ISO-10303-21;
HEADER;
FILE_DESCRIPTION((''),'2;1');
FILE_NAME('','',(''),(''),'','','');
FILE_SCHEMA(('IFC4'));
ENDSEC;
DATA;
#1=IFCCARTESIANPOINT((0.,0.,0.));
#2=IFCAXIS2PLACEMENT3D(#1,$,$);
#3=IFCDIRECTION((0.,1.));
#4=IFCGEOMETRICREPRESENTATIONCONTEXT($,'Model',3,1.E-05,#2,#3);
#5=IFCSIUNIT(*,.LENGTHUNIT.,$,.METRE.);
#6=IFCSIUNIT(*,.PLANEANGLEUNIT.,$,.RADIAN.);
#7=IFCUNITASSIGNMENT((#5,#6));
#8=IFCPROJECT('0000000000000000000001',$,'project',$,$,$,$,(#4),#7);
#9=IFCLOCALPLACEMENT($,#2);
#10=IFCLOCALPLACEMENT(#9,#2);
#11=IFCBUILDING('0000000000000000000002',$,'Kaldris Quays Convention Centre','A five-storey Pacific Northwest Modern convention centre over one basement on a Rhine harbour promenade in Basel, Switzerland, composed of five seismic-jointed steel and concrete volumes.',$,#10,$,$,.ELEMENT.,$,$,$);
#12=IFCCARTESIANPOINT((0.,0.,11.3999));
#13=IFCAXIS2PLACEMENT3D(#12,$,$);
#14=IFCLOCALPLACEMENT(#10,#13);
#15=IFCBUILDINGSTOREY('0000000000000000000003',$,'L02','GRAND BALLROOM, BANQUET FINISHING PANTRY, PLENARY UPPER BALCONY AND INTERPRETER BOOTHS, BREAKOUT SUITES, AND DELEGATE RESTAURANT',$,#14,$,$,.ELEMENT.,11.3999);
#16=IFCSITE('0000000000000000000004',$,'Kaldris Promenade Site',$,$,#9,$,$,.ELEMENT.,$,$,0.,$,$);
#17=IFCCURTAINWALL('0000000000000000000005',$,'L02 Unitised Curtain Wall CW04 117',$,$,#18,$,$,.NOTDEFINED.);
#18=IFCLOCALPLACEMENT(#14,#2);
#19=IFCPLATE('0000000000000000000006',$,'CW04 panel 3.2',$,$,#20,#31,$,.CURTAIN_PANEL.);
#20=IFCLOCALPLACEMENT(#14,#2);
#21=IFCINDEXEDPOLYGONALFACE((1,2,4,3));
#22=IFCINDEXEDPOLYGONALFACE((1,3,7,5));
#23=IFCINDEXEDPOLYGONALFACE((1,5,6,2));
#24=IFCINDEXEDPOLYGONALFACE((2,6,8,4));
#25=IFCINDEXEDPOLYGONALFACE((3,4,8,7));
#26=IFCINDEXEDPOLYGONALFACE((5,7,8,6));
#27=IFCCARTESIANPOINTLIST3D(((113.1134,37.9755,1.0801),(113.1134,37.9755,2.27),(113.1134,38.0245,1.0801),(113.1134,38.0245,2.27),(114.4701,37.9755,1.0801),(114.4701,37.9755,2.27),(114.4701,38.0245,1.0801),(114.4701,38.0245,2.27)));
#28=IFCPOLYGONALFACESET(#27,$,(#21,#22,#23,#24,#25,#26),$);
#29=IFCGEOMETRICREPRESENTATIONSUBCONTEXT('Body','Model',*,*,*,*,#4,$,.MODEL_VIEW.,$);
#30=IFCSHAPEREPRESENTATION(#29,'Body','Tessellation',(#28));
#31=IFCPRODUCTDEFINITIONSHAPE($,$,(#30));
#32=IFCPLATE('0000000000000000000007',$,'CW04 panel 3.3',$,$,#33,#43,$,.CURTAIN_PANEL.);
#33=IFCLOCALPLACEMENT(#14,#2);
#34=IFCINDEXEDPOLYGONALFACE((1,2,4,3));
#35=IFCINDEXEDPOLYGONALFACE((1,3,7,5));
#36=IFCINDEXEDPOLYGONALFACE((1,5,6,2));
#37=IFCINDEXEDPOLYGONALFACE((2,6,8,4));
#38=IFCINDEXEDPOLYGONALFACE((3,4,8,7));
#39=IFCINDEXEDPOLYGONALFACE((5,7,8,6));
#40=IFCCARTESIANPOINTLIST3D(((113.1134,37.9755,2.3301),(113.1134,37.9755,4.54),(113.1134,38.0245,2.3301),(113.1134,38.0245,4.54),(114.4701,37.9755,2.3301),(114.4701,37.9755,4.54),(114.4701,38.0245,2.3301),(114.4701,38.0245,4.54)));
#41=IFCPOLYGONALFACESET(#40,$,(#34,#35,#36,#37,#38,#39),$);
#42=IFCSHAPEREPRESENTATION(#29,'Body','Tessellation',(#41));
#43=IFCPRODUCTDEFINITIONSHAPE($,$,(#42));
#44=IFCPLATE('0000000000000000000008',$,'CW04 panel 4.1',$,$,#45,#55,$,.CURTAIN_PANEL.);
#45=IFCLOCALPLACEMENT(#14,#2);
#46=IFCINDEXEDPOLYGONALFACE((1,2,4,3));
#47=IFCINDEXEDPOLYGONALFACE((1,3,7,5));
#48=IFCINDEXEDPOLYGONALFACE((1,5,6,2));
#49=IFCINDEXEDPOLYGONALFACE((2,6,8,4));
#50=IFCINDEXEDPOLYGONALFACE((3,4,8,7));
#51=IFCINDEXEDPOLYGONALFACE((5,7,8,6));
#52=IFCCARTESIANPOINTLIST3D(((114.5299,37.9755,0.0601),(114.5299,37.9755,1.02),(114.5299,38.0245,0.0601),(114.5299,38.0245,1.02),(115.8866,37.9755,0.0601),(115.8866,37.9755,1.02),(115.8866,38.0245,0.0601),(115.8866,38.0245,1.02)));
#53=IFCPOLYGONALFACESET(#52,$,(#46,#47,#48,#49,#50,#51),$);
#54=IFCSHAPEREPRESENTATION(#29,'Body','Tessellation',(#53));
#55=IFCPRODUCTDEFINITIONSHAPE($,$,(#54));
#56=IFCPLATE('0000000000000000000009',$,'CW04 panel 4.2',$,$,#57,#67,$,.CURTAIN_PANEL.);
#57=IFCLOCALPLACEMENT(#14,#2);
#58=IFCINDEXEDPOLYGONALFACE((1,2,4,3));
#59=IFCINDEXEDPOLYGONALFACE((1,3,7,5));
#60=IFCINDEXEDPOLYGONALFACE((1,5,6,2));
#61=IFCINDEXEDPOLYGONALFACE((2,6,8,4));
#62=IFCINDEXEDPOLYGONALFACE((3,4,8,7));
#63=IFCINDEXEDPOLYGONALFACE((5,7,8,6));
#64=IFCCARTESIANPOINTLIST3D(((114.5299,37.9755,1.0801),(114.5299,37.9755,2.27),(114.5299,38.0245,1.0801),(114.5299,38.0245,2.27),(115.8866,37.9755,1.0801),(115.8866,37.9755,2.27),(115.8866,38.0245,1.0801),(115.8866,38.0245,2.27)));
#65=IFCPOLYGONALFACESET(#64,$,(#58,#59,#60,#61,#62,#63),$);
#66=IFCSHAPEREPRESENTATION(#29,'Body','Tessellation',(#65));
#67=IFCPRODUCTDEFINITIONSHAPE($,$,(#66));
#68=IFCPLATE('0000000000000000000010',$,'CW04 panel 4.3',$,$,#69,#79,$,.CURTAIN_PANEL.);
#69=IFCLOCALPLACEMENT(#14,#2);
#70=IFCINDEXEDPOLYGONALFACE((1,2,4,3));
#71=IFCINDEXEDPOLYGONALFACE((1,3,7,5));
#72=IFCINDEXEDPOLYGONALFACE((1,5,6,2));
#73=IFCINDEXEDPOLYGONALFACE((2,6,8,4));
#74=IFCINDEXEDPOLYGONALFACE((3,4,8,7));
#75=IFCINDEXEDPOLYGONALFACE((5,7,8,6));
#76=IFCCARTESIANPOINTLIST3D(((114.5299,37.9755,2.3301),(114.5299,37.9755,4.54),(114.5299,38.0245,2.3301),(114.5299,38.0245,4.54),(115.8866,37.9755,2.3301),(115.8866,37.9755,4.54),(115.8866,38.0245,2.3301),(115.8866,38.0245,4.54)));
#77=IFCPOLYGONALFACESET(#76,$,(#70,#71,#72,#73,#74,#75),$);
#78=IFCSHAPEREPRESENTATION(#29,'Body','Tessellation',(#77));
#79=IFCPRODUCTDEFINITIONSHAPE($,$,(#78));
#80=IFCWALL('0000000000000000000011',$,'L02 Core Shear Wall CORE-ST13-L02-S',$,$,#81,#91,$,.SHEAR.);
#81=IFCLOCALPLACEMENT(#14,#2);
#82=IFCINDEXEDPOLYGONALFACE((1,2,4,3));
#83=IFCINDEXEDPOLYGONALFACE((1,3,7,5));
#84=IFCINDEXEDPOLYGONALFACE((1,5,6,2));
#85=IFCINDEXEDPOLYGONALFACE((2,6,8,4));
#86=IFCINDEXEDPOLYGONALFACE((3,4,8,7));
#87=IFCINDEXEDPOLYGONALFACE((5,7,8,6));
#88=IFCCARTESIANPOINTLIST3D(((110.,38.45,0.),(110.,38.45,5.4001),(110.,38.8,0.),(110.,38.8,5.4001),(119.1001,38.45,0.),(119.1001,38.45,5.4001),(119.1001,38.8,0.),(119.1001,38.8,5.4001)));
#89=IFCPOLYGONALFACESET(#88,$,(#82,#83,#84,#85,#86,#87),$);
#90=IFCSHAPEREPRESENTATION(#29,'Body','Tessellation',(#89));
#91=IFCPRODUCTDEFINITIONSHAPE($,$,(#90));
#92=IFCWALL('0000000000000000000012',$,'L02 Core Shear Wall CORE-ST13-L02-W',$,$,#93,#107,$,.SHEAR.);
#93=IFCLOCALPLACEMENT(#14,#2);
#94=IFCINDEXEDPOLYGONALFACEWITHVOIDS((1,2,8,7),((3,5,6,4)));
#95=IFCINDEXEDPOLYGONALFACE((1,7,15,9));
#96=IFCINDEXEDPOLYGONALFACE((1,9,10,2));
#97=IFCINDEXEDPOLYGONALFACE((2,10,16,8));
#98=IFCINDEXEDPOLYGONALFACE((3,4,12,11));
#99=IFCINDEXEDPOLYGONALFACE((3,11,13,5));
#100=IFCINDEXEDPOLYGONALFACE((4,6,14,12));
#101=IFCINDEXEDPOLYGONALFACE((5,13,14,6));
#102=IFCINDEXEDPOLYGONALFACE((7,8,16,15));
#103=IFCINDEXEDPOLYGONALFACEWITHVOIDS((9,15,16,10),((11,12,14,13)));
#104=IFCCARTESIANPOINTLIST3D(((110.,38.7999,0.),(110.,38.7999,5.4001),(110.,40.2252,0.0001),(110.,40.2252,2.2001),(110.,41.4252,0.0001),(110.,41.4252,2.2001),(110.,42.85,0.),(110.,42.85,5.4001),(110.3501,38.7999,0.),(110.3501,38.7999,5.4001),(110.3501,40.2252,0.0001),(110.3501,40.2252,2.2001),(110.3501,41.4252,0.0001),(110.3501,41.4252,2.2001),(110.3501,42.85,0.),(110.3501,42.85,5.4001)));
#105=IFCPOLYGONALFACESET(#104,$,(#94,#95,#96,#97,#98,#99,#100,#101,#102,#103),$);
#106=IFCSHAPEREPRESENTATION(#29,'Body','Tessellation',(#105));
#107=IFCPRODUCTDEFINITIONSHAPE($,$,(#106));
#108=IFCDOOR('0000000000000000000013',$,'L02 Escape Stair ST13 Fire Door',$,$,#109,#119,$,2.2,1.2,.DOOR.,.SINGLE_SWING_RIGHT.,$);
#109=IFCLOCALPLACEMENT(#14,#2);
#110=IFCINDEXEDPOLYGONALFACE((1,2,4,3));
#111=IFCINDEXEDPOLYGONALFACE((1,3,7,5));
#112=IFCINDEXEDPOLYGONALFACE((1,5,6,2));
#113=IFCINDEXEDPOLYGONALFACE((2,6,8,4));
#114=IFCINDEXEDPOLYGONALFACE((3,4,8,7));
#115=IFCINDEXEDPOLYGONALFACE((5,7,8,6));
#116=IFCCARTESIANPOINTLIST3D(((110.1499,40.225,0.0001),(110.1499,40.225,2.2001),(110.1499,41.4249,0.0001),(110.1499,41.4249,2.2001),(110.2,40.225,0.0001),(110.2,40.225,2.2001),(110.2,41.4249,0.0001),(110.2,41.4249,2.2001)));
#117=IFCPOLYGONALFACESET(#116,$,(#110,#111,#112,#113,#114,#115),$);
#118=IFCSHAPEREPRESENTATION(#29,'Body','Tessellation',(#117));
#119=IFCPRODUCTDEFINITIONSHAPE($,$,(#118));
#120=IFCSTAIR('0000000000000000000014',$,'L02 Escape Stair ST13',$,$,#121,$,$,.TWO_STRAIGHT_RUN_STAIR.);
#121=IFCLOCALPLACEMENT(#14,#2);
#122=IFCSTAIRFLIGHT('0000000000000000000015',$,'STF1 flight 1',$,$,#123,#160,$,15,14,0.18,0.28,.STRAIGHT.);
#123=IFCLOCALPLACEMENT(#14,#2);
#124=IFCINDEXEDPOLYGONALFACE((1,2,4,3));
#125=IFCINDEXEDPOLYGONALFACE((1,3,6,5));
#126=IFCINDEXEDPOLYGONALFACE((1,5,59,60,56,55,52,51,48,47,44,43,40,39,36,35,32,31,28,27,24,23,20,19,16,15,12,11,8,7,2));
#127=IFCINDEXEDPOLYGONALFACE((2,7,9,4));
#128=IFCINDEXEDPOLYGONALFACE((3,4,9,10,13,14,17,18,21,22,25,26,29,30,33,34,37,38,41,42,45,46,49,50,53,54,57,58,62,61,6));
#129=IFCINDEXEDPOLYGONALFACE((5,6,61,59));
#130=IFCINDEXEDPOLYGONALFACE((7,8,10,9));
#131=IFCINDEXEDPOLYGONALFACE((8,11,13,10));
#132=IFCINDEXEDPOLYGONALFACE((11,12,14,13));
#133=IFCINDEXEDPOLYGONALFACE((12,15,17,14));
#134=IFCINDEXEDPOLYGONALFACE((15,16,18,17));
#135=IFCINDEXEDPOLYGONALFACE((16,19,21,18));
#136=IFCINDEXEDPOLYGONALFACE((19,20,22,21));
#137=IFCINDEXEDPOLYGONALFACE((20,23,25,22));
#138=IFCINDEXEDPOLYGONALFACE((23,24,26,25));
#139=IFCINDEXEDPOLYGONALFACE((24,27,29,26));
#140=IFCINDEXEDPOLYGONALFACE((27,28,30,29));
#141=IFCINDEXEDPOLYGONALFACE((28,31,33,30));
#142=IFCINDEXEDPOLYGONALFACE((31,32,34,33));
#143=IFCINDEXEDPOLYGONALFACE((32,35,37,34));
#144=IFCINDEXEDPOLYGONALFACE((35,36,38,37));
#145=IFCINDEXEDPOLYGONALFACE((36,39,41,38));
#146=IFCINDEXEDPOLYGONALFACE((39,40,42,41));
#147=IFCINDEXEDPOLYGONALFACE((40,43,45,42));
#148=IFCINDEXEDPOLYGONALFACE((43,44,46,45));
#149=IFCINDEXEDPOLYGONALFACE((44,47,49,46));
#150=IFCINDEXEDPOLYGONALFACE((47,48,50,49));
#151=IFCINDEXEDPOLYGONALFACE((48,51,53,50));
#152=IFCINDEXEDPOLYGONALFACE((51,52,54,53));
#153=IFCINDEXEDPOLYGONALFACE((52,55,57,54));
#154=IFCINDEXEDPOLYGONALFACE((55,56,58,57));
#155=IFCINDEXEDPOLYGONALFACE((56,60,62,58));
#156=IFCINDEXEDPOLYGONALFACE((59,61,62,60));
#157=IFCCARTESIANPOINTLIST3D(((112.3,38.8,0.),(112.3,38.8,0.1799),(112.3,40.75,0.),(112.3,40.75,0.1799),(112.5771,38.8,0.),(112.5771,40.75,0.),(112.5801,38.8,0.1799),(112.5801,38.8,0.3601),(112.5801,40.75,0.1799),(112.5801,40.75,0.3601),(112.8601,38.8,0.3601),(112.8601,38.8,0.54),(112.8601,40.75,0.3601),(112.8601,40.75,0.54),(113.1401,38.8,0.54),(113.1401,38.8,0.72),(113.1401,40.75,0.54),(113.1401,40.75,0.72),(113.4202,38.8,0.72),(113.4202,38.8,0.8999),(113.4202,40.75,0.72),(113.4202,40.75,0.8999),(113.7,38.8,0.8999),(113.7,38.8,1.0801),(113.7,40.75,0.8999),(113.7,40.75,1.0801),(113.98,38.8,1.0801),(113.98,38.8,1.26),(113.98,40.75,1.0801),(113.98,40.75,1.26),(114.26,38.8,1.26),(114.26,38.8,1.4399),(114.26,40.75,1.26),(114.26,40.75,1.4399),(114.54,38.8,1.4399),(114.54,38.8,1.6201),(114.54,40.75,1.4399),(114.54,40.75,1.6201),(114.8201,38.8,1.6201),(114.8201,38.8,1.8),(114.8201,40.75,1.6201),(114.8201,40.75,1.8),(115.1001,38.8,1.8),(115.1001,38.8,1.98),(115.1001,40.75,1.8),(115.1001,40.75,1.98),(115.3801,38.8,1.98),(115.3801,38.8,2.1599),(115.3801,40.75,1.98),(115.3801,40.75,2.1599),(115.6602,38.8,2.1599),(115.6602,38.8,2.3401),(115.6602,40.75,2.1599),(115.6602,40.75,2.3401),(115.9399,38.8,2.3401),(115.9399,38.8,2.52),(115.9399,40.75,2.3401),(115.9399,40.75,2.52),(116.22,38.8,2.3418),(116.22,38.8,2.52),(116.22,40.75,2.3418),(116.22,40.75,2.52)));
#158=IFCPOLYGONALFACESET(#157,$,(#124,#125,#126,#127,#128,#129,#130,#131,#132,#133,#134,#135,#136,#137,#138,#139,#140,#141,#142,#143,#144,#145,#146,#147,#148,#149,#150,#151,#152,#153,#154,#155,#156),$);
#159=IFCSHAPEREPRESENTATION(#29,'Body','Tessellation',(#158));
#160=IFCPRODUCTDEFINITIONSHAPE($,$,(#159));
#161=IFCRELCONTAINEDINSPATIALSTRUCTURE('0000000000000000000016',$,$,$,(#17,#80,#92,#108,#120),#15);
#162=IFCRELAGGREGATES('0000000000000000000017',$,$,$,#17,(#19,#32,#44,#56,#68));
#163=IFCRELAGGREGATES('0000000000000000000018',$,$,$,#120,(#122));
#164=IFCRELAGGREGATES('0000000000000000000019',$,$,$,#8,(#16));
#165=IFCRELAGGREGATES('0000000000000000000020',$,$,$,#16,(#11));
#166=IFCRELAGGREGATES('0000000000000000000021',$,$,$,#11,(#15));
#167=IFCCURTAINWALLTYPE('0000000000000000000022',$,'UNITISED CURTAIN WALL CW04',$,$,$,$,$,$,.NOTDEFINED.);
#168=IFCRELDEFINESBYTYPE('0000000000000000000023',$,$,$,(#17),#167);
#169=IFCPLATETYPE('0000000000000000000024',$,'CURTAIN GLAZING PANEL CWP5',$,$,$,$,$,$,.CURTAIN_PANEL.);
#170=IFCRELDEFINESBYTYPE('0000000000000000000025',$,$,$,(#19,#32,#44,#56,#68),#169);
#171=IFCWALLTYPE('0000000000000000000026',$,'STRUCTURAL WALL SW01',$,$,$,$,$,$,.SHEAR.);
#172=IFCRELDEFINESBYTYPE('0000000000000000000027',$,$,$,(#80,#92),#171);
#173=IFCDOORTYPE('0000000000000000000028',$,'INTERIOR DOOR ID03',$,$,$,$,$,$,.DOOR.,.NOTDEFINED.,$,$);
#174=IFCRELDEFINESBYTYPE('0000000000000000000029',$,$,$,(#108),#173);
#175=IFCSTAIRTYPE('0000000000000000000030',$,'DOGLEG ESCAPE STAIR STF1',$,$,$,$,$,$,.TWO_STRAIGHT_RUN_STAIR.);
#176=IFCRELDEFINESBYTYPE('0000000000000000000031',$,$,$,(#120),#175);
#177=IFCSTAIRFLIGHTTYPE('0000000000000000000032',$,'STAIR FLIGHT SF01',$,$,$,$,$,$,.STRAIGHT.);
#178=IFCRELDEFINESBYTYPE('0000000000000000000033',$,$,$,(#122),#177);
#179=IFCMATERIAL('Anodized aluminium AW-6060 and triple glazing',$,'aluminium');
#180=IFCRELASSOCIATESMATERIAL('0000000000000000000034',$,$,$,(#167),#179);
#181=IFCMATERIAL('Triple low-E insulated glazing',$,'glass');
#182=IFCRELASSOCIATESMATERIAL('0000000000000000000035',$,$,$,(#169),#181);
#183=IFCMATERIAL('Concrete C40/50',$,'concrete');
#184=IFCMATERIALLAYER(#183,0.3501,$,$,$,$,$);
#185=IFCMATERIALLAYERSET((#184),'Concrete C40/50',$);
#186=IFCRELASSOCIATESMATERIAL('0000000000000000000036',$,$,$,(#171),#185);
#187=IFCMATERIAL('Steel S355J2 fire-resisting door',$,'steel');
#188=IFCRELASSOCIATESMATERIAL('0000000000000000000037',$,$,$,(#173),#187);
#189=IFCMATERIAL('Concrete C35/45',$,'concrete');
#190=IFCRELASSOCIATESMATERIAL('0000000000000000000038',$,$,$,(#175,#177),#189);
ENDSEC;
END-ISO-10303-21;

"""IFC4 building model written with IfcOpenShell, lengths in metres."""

from ifc_helpers import new_model, si_unit, direction, frame, frame_2d, origin, origin_2d, place, context, subcontext, project, spatial, polyline, rectangle, outline, extrude, material, layer, layer_set, type_object, element, fill, aggregate, save


model = new_model("IFC4")

# Units and contexts
model_context = context("Model", 3, precision=1e-05, world=origin(), true_north=direction((0.0, 1.0)))
body_context = subcontext(model_context, "Body", "Model", "MODEL_VIEW")
ifc_project = project(units=[si_unit("LENGTHUNIT", "METRE"), si_unit("PLANEANGLEUNIT", "RADIAN")], contexts=[model_context])

# Site, building, storey
site_placement = place(None, origin())
site = spatial("IfcSite", under=ifc_project, at=site_placement, Name="Kaldris Promenade Site", CompositionType="ELEMENT", RefElevation=0.0)
building_placement = place(site_placement, origin())
building = spatial("IfcBuilding", under=site, at=building_placement, Name="Kaldris Quays Convention Centre", Description="A five-storey Pacific Northwest Modern convention centre over one basement on a Rhine harbour promenade in Basel, Switzerland, composed of five seismic-jointed steel and concrete volumes.", CompositionType="ELEMENT")
storey_placement = place(building_placement, frame((0.0, 0.0, 11.3999)))
storey = spatial("IfcBuildingStorey", under=building, at=storey_placement, Name="L02", Description="GRAND BALLROOM, BANQUET FINISHING PANTRY, PLENARY UPPER BALCONY AND INTERPRETER BOOTHS, BREAKOUT SUITES, AND DELEGATE RESTAURANT", CompositionType="ELEMENT", Elevation=11.3999)

# Curtain wall, plates
ifc_material_1 = material(Name="Anodized aluminium AW-6060 and triple glazing", Category="aluminium")
curtain_wall_type = type_object("IfcCurtainWallType", Name="UNITISED CURTAIN WALL CW04", PredefinedType="NOTDEFINED", material=ifc_material_1)
curtain_wall_placement = place(storey_placement, origin())
curtain_wall = element("IfcCurtainWall", 1, at=curtain_wall_placement, inside=storey, type_object=curtain_wall_type, Name="L02 Unitised Curtain Wall CW04 117", PredefinedType="NOTDEFINED")
ifc_material_2 = material(Name="Triple low-E insulated glazing", Category="glass")
plate_type = type_object("IfcPlateType", Name="CURTAIN GLAZING PANEL CWP5", PredefinedType="CURTAIN_PANEL", material=ifc_material_2)
plate_1_placement = place(storey_placement, frame((113.7917, 38.0, 1.0801), z_axis=(0.0, 0.0, 1.0), x_axis=(1.0, 0.0, 0.0)))
plate_1 = element("IfcPlate", 2, at=plate_1_placement, type_object=plate_type, Name="CW04 panel 3.2", PredefinedType="CURTAIN_PANEL", context=body_context, shape_type="SweptSolid", body=[
    extrude(rectangle(XDim=1.3567, YDim=0.0491, at=origin_2d()), origin(), (0.0, 0.0, 1.0), 1.1899),
])
plate_2_placement = place(storey_placement, frame((113.7917, 38.0, 2.3301), z_axis=(0.0, 0.0, 1.0), x_axis=(1.0, 0.0, 0.0)))
plate_2 = element("IfcPlate", 3, at=plate_2_placement, type_object=plate_type, Name="CW04 panel 3.3", PredefinedType="CURTAIN_PANEL", context=body_context, shape_type="SweptSolid", body=[
    extrude(rectangle(XDim=1.3567, YDim=0.0491, at=origin_2d()), origin(), (0.0, 0.0, 1.0), 2.21),
])
plate_3_placement = place(storey_placement, frame((115.2083, 38.0, 0.0601), z_axis=(0.0, 0.0, 1.0), x_axis=(1.0, 0.0, 0.0)))
plate_3 = element("IfcPlate", 4, at=plate_3_placement, type_object=plate_type, Name="CW04 panel 4.1", PredefinedType="CURTAIN_PANEL", context=body_context, shape_type="SweptSolid", body=[
    extrude(rectangle(XDim=1.3567, YDim=0.0491, at=origin_2d()), origin(), (0.0, 0.0, 1.0), 0.96),
])
plate_4_placement = place(storey_placement, frame((115.2083, 38.0, 1.0801), z_axis=(0.0, 0.0, 1.0), x_axis=(1.0, 0.0, 0.0)))
plate_4 = element("IfcPlate", 5, at=plate_4_placement, type_object=plate_type, Name="CW04 panel 4.2", PredefinedType="CURTAIN_PANEL", context=body_context, shape_type="SweptSolid", body=[
    extrude(rectangle(XDim=1.3567, YDim=0.0491, at=origin_2d()), origin(), (0.0, 0.0, 1.0), 1.1899),
])
plate_5_placement = place(storey_placement, frame((115.2083, 38.0, 2.3301), z_axis=(0.0, 0.0, 1.0), x_axis=(1.0, 0.0, 0.0)))
plate_5 = element("IfcPlate", 6, at=plate_5_placement, type_object=plate_type, Name="CW04 panel 4.3", PredefinedType="CURTAIN_PANEL", context=body_context, shape_type="SweptSolid", body=[
    extrude(rectangle(XDim=1.3567, YDim=0.0491, at=origin_2d()), origin(), (0.0, 0.0, 1.0), 2.21),
])
aggregate(curtain_wall, [plate_1, plate_2, plate_3, plate_4, plate_5])

# Wall
ifc_material_3 = material(Name="Concrete C40/50", Category="concrete")
ifc_layer = layer(ifc_material_3, 0.3501)
ifc_layer_set = layer_set([ifc_layer], Name="Concrete C40/50")
wall_type = type_object("IfcWallType", Name="STRUCTURAL WALL SW01", PredefinedType="SHEAR", material=ifc_layer_set)
wall_1_placement = place(storey_placement, frame((110.0, 38.625, 0.0), z_axis=(0.0, 0.0, 1.0), x_axis=(1.0, 0.0, 0.0)))
element("IfcWall", 7, at=wall_1_placement, inside=storey, type_object=wall_type, Name="L02 Core Shear Wall CORE-ST13-L02-S", PredefinedType="SHEAR", context=body_context, shape_type="SweptSolid", body=[
    extrude(rectangle(XDim=9.1001, YDim=0.3501, at=frame_2d((4.55, 0.0))), origin(), (0.0, 0.0, 1.0), 5.4001),
])

# Wall, opening, door
wall_2_placement = place(storey_placement, frame((110.175, 38.8, 0.0), z_axis=(0.0, 0.0, 1.0), x_axis=(0.0, 1.0, 0.0)))
wall_2 = element("IfcWall", 8, at=wall_2_placement, inside=storey, type_object=wall_type, Name="L02 Core Shear Wall CORE-ST13-L02-W", PredefinedType="SHEAR", context=body_context, shape_type="SweptSolid", body=[
    extrude(rectangle(XDim=4.05, YDim=0.3501, at=frame_2d((2.0249, 0.0))), origin(), (0.0, 0.0, 1.0), 5.4001),
])
opening_placement = place(wall_2_placement, frame((1.425, 0.0, 0.0)))
opening = element("IfcOpeningElement", 9, at=opening_placement, cuts=wall_2, PredefinedType="OPENING", context=body_context, shape_type="SweptSolid", body=[
    extrude(rectangle(XDim=1.2, YDim=2.2, at=frame_2d((0.6001, 1.1001))), frame((0.0, 0.1851, 0.0), z_axis=(0.0, -1.0, 0.0), x_axis=(1.0, 0.0, 0.0)), (0.0, 0.0, 1.0), 0.3701),
])
ifc_material_4 = material(Name="Steel S355J2 fire-resisting door", Category="steel")
door_type = type_object("IfcDoorType", Name="INTERIOR DOOR ID03", OperationType="NOTDEFINED", PredefinedType="DOOR", material=ifc_material_4)
door_placement = place(opening_placement, frame((1.2, 0.0, 0.0), z_axis=(0.0, 0.0, 1.0), x_axis=(-1.0, 0.0, 0.0)))
door = element("IfcDoor", 10, at=door_placement, inside=storey, type_object=door_type, Name="L02 Escape Stair ST13 Fire Door", OperationType="SINGLE_SWING_RIGHT", OverallHeight=2.2, OverallWidth=1.2, PredefinedType="DOOR", context=body_context, shape_type="SweptSolid", body=[
    extrude(rectangle(XDim=1.2, YDim=2.2, at=frame_2d((0.6001, 1.1001))), frame((0.0, 0.0249, 0.0), z_axis=(0.0, -1.0, 0.0), x_axis=(1.0, 0.0, 0.0)), (0.0, 0.0, 1.0), 0.05),
])
fill(opening, door)

# Stair, stair flight
ifc_material_5 = material(Name="Concrete C35/45", Category="concrete")
stair_type = type_object("IfcStairType", Name="DOGLEG ESCAPE STAIR STF1", PredefinedType="TWO_STRAIGHT_RUN_STAIR", material=ifc_material_5)
stair_placement = place(storey_placement, origin())
stair = element("IfcStair", 11, at=stair_placement, inside=storey, type_object=stair_type, Name="L02 Escape Stair ST13", PredefinedType="TWO_STRAIGHT_RUN_STAIR")
stair_flight_type = type_object("IfcStairFlightType", Name="STAIR FLIGHT SF01", PredefinedType="STRAIGHT", material=ifc_material_5)
stair_flight_placement = place(storey_placement, frame((112.3, 39.7749, 0.0), z_axis=(0.0, 0.0, 1.0), x_axis=(1.0, 0.0, 0.0)))
stair_flight = element("IfcStairFlight", 12, at=stair_flight_placement, type_object=stair_flight_type, Name="STF1 flight 1", NumberOfRisers=15, NumberOfTreads=14, PredefinedType="STRAIGHT", RiserHeight=0.18, TreadLength=0.28, context=body_context, shape_type="SweptSolid", body=[
    extrude(outline(polyline([(0.0, 0.0), (0.0, 0.1799), (0.28, 0.1799), (0.28, 0.3601), (0.5601, 0.3601), (0.5601, 0.54), (0.8401, 0.54), (0.8401, 0.72), (1.1201, 0.72), (1.1201, 0.8999), (1.3999, 0.8999), (1.3999, 1.0801), (1.6799, 1.0801), (1.6799, 1.26), (1.96, 1.26), (1.96, 1.4399), (2.24, 1.4399), (2.24, 1.6201), (2.52, 1.6201), (2.52, 1.8), (2.8, 1.8), (2.8, 1.98), (3.0801, 1.98), (3.0801, 2.1599), (3.3601, 2.1599), (3.3601, 2.3401), (3.6399, 2.3401), (3.6399, 2.52), (3.9199, 2.52), (3.9199, 2.7), (3.9199, 2.3418), (0.2771, 0.0), (0.0, 0.0)])), frame((0.0, 0.9751, 0.0), z_axis=(0.0, -1.0, 0.0), x_axis=(1.0, 0.0, 0.0)), (0.0, 0.0, 1.0), 1.95),
])
aggregate(stair, [stair_flight])

save(model, "model.ifc")
